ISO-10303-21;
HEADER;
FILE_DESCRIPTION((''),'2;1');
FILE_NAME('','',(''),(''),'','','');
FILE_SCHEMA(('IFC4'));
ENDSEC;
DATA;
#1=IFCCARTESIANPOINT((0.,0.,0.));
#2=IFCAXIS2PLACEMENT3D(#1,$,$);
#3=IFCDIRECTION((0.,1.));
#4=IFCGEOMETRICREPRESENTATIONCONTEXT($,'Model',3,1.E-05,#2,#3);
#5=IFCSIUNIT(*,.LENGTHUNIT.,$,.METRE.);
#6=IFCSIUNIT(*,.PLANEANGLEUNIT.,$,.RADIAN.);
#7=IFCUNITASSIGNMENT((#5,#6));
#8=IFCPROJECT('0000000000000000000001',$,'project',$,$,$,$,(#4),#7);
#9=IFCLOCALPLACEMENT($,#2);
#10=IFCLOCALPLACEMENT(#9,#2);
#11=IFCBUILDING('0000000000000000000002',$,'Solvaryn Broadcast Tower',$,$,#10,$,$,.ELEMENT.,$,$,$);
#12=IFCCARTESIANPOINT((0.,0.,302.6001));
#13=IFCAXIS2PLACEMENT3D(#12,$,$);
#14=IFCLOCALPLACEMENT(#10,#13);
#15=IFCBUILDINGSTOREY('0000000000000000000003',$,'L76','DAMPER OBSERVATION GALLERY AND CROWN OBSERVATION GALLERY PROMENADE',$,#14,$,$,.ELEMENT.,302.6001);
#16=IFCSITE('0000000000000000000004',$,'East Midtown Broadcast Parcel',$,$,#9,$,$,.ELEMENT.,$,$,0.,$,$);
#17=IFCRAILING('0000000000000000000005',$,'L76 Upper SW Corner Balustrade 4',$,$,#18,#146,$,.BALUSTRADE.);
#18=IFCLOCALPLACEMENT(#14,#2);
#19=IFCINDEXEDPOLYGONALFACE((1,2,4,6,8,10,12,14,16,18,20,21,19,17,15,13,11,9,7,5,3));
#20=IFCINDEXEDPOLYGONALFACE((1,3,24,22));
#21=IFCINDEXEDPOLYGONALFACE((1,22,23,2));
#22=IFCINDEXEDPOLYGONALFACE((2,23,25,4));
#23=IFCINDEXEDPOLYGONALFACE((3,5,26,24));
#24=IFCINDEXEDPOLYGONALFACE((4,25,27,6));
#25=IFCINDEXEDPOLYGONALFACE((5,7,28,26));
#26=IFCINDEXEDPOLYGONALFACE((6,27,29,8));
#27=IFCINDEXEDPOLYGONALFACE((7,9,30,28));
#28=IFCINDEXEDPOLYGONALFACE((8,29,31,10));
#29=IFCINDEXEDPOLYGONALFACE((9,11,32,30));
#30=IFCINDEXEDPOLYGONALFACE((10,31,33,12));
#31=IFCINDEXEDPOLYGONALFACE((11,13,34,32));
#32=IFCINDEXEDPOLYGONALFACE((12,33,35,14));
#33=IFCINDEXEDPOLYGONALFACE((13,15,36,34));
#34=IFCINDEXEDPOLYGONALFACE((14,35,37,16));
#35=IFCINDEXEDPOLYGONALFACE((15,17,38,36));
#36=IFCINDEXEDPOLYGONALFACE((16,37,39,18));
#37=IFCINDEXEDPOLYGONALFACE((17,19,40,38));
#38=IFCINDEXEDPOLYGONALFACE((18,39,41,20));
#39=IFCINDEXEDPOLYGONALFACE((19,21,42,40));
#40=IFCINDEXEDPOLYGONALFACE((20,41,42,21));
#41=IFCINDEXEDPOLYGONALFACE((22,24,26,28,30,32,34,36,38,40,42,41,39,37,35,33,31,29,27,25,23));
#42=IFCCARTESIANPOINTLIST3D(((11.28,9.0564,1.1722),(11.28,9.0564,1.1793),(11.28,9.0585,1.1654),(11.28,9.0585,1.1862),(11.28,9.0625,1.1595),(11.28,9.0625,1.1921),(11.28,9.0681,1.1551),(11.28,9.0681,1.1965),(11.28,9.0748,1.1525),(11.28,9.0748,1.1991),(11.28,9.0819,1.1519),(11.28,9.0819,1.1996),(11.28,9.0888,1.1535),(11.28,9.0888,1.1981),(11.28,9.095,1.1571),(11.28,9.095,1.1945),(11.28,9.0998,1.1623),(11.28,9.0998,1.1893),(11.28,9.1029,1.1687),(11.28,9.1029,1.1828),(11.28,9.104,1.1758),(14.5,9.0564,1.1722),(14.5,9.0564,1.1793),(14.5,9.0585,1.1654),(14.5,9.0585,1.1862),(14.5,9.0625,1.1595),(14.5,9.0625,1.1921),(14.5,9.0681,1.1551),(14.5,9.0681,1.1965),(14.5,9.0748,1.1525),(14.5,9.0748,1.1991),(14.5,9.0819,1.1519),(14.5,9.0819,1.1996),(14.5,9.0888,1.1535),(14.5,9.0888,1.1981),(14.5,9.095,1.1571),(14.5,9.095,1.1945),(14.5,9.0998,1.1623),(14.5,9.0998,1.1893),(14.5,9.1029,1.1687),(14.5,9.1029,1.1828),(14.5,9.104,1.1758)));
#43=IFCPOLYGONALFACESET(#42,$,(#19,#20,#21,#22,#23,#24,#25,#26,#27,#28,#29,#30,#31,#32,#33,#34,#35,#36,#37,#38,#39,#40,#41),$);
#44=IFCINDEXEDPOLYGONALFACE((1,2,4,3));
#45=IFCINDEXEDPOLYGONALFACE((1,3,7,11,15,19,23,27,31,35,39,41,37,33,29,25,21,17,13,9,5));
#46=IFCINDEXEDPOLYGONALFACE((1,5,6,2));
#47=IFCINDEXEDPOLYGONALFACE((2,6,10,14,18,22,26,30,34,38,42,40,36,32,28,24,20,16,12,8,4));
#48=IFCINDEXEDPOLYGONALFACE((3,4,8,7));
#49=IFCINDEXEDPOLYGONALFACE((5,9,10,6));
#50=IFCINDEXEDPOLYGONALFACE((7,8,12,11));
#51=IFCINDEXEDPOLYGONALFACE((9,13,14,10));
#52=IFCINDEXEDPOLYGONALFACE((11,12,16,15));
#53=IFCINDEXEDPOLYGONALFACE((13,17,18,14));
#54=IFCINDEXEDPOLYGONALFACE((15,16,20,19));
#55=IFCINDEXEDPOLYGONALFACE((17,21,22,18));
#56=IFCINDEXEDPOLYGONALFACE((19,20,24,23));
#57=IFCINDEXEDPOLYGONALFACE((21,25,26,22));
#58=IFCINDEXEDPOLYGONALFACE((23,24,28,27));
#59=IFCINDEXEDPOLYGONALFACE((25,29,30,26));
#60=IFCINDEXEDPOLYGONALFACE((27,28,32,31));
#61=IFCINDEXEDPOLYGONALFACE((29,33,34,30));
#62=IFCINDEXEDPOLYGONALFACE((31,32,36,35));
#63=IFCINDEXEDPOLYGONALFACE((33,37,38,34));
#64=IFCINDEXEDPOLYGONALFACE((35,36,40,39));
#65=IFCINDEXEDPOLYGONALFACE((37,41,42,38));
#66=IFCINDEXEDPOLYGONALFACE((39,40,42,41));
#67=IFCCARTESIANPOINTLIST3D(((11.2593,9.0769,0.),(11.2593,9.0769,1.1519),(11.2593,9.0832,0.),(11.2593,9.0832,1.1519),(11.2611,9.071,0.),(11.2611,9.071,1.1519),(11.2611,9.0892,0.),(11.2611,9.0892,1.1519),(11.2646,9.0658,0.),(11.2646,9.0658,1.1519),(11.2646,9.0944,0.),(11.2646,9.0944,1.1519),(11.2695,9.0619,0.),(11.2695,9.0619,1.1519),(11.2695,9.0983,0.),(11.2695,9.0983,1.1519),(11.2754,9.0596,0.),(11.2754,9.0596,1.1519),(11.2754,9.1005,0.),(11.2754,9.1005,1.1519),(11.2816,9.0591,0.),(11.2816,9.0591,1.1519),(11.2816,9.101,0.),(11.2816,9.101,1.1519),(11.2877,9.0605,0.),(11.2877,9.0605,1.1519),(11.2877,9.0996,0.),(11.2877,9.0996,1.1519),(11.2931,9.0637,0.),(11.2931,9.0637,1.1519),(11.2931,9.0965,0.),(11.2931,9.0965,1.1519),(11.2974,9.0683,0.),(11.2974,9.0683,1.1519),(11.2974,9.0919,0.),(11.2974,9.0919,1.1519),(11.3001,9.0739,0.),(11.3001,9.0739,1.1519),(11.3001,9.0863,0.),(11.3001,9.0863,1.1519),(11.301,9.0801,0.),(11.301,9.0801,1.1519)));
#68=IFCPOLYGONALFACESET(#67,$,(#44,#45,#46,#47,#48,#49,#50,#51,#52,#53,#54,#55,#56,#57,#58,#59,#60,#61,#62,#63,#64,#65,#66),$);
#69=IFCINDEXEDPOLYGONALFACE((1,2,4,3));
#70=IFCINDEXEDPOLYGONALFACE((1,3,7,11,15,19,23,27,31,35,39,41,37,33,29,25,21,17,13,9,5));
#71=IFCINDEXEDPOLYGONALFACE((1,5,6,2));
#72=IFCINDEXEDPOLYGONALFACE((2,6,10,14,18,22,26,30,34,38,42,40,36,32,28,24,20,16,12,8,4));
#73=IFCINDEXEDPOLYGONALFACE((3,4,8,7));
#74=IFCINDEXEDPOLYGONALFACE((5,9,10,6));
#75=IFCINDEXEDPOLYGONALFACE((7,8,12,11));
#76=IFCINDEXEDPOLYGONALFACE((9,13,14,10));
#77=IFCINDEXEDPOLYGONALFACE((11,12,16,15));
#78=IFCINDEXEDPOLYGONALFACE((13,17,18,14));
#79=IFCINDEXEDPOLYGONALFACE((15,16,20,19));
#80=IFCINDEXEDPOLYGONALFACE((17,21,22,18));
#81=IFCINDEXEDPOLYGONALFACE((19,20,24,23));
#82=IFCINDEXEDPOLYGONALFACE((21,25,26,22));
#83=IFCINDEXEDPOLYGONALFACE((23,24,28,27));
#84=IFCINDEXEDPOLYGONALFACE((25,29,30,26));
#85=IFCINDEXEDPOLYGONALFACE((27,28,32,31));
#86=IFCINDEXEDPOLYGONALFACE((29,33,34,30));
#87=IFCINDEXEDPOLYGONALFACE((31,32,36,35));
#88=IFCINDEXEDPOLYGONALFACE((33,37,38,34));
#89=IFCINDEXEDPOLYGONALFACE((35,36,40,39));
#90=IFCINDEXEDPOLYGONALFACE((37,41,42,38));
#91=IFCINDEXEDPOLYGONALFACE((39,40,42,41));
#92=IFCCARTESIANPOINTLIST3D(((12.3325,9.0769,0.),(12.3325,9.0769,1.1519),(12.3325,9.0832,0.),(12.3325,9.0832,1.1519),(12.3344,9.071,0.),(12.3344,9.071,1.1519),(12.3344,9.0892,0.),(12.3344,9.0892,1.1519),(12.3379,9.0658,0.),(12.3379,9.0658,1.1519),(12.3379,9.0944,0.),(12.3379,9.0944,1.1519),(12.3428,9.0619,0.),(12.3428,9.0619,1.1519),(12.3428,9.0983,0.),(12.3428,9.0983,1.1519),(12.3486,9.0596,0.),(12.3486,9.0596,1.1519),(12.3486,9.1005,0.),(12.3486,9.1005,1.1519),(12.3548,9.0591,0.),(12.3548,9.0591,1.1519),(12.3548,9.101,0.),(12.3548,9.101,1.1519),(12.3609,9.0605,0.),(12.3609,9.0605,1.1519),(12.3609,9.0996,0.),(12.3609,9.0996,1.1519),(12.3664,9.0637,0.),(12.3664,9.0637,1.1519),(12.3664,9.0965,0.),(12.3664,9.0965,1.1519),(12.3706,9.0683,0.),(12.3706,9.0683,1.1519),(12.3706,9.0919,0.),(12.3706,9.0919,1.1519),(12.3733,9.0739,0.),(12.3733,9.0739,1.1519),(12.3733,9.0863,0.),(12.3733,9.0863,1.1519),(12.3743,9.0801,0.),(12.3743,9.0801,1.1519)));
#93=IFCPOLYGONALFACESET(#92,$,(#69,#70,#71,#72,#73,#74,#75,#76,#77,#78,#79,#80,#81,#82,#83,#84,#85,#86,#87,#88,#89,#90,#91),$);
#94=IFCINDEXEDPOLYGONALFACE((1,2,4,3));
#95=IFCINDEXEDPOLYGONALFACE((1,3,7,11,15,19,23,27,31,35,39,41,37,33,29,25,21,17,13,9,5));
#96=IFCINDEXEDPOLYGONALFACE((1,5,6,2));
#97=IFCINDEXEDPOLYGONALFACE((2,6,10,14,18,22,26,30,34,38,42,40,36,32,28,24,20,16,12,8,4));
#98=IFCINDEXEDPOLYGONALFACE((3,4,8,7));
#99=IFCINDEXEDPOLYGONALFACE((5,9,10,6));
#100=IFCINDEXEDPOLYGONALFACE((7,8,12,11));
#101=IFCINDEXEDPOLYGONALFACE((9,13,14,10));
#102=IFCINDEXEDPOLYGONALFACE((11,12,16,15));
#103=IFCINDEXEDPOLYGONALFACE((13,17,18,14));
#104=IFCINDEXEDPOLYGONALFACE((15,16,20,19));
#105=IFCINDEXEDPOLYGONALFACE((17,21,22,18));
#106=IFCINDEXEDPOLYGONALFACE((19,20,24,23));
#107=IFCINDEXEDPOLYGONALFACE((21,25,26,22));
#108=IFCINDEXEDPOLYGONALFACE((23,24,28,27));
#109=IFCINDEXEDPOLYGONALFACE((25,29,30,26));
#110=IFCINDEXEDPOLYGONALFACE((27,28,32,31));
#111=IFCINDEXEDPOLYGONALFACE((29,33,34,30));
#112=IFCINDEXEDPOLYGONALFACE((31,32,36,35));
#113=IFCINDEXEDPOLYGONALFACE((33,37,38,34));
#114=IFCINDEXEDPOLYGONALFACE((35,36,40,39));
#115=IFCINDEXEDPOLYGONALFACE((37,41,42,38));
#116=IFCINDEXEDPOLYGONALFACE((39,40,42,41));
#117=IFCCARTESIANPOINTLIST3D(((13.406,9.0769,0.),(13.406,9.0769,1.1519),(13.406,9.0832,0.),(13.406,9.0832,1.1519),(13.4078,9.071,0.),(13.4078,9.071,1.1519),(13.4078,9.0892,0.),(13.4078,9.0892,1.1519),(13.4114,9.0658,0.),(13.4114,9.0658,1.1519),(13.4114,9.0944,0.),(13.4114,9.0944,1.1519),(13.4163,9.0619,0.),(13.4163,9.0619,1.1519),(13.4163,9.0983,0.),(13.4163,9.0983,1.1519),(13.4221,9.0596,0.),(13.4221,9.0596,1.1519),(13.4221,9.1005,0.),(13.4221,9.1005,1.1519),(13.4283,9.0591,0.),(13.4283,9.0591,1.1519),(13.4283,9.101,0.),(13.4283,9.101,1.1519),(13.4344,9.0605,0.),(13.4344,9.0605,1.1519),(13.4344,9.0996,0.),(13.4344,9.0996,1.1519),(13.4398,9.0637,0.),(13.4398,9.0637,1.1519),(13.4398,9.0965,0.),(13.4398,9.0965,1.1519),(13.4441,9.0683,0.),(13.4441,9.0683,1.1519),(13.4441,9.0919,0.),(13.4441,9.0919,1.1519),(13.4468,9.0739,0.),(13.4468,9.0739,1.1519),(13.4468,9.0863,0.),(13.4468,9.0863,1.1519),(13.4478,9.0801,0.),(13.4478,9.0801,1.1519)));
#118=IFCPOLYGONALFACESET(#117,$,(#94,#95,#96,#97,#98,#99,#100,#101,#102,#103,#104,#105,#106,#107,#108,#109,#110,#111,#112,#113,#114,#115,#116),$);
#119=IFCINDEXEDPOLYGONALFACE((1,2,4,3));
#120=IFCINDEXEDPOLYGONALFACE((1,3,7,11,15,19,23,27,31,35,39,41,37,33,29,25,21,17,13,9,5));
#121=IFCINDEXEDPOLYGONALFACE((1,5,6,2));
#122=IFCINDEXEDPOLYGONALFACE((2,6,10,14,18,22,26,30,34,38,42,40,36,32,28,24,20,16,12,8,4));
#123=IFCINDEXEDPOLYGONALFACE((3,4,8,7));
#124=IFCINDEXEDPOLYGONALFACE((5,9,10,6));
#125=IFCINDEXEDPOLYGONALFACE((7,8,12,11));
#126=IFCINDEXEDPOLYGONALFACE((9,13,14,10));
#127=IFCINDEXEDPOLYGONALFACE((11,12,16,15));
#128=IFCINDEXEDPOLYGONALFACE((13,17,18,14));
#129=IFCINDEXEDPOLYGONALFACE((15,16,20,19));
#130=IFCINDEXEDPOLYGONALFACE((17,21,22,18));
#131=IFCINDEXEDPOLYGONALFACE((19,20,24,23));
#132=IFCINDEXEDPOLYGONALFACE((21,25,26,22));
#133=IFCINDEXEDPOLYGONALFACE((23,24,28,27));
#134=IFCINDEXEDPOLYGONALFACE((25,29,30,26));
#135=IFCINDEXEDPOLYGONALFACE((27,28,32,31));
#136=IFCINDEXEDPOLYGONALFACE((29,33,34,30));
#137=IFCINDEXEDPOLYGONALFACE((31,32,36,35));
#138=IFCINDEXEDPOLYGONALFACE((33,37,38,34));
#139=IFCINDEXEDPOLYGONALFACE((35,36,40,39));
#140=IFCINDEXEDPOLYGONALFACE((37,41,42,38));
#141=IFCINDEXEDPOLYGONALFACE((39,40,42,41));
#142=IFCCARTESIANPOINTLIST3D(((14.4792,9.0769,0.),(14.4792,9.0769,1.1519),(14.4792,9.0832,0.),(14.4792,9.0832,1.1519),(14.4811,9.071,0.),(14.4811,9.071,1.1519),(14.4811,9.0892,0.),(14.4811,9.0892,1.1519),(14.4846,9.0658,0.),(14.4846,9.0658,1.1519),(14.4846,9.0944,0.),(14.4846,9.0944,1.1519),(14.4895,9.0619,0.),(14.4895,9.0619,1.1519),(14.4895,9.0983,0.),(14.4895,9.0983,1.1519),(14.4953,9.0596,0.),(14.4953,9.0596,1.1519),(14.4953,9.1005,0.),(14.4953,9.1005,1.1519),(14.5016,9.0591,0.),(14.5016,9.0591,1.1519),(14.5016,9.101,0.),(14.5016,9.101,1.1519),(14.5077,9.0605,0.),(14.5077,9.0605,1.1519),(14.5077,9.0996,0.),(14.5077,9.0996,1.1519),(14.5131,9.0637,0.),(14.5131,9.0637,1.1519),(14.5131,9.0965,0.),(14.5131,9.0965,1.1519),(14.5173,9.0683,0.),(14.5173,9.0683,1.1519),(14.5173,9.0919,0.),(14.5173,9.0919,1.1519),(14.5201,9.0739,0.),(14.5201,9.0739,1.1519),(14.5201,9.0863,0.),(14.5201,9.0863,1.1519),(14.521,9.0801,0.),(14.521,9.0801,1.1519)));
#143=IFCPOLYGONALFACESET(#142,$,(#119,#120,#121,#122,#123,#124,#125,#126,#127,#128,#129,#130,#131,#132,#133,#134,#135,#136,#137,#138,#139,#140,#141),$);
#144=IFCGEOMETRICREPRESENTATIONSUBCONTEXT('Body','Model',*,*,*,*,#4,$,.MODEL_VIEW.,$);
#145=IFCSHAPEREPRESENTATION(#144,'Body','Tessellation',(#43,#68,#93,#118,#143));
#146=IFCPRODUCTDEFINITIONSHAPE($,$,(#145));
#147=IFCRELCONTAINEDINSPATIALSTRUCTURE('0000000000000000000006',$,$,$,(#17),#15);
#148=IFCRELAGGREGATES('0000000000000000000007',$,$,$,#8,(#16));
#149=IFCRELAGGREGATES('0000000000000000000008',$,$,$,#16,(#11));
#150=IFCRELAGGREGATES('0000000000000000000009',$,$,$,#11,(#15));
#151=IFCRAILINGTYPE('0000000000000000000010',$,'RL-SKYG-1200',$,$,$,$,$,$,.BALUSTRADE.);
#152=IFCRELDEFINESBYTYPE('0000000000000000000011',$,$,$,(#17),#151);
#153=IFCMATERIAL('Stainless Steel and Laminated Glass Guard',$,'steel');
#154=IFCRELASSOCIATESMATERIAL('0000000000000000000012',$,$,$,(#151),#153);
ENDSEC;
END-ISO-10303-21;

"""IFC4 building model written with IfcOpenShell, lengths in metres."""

from ifc_helpers import new_model, si_unit, direction, frame, origin, origin_2d, place, context, subcontext, project, spatial, circle, extrude, material, type_object, element, save


model = new_model("IFC4")

# Units and contexts
model_context = context("Model", 3, precision=1e-05, world=origin(), true_north=direction((0.0, 1.0)))
body_context = subcontext(model_context, "Body", "Model", "MODEL_VIEW")
ifc_project = project(units=[si_unit("LENGTHUNIT", "METRE"), si_unit("PLANEANGLEUNIT", "RADIAN")], contexts=[model_context])

# Site, building, storey
site_placement = place(None, origin())
site = spatial("IfcSite", under=ifc_project, at=site_placement, Name="East Midtown Broadcast Parcel", CompositionType="ELEMENT", RefElevation=0.0)
building_placement = place(site_placement, origin())
building = spatial("IfcBuilding", under=site, at=building_placement, Name="Solvaryn Broadcast Tower", CompositionType="ELEMENT")
storey_placement = place(building_placement, frame((0.0, 0.0, 302.6001)))
storey = spatial("IfcBuildingStorey", under=building, at=storey_placement, Name="L76", Description="DAMPER OBSERVATION GALLERY AND CROWN OBSERVATION GALLERY PROMENADE", CompositionType="ELEMENT", Elevation=302.6001)

# Railing
ifc_material_1 = material(Name="Stainless Steel and Laminated Glass Guard", Category="steel")
railing_type = type_object("IfcRailingType", Name="RL-SKYG-1200", PredefinedType="BALUSTRADE", material=ifc_material_1)
railing_1_placement = place(storey_placement, frame((11.28, 9.0801, 0.0)))
element("IfcRailing", 1, at=railing_1_placement, inside=storey, type_object=railing_type, Name="L76 Upper SW Corner Balustrade 4", PredefinedType="BALUSTRADE", context=body_context, shape_type="SweptSolid", body=[
    extrude(circle(Radius=0.0239, at=origin_2d()), frame((0.0, 0.0, 1.1758), z_axis=(1.0, 0.0, 0.0), x_axis=(0.0, 1.0, 0.0)), (0.0, 0.0, 1.0), 3.22),
    extrude(circle(Radius=0.021, at=origin_2d()), origin(), (0.0, 0.0, 1.0), 1.1519),
    extrude(circle(Radius=0.021, at=origin_2d()), frame((1.0732, 0.0, 0.0)), (0.0, 0.0, 1.0), 1.1519),
    extrude(circle(Radius=0.021, at=origin_2d()), frame((2.1467, 0.0, 0.0)), (0.0, 0.0, 1.0), 1.1519),
    extrude(circle(Radius=0.021, at=origin_2d()), frame((3.22, 0.0, 0.0)), (0.0, 0.0, 1.0), 1.1519),
])

save(model, "model.ifc")
